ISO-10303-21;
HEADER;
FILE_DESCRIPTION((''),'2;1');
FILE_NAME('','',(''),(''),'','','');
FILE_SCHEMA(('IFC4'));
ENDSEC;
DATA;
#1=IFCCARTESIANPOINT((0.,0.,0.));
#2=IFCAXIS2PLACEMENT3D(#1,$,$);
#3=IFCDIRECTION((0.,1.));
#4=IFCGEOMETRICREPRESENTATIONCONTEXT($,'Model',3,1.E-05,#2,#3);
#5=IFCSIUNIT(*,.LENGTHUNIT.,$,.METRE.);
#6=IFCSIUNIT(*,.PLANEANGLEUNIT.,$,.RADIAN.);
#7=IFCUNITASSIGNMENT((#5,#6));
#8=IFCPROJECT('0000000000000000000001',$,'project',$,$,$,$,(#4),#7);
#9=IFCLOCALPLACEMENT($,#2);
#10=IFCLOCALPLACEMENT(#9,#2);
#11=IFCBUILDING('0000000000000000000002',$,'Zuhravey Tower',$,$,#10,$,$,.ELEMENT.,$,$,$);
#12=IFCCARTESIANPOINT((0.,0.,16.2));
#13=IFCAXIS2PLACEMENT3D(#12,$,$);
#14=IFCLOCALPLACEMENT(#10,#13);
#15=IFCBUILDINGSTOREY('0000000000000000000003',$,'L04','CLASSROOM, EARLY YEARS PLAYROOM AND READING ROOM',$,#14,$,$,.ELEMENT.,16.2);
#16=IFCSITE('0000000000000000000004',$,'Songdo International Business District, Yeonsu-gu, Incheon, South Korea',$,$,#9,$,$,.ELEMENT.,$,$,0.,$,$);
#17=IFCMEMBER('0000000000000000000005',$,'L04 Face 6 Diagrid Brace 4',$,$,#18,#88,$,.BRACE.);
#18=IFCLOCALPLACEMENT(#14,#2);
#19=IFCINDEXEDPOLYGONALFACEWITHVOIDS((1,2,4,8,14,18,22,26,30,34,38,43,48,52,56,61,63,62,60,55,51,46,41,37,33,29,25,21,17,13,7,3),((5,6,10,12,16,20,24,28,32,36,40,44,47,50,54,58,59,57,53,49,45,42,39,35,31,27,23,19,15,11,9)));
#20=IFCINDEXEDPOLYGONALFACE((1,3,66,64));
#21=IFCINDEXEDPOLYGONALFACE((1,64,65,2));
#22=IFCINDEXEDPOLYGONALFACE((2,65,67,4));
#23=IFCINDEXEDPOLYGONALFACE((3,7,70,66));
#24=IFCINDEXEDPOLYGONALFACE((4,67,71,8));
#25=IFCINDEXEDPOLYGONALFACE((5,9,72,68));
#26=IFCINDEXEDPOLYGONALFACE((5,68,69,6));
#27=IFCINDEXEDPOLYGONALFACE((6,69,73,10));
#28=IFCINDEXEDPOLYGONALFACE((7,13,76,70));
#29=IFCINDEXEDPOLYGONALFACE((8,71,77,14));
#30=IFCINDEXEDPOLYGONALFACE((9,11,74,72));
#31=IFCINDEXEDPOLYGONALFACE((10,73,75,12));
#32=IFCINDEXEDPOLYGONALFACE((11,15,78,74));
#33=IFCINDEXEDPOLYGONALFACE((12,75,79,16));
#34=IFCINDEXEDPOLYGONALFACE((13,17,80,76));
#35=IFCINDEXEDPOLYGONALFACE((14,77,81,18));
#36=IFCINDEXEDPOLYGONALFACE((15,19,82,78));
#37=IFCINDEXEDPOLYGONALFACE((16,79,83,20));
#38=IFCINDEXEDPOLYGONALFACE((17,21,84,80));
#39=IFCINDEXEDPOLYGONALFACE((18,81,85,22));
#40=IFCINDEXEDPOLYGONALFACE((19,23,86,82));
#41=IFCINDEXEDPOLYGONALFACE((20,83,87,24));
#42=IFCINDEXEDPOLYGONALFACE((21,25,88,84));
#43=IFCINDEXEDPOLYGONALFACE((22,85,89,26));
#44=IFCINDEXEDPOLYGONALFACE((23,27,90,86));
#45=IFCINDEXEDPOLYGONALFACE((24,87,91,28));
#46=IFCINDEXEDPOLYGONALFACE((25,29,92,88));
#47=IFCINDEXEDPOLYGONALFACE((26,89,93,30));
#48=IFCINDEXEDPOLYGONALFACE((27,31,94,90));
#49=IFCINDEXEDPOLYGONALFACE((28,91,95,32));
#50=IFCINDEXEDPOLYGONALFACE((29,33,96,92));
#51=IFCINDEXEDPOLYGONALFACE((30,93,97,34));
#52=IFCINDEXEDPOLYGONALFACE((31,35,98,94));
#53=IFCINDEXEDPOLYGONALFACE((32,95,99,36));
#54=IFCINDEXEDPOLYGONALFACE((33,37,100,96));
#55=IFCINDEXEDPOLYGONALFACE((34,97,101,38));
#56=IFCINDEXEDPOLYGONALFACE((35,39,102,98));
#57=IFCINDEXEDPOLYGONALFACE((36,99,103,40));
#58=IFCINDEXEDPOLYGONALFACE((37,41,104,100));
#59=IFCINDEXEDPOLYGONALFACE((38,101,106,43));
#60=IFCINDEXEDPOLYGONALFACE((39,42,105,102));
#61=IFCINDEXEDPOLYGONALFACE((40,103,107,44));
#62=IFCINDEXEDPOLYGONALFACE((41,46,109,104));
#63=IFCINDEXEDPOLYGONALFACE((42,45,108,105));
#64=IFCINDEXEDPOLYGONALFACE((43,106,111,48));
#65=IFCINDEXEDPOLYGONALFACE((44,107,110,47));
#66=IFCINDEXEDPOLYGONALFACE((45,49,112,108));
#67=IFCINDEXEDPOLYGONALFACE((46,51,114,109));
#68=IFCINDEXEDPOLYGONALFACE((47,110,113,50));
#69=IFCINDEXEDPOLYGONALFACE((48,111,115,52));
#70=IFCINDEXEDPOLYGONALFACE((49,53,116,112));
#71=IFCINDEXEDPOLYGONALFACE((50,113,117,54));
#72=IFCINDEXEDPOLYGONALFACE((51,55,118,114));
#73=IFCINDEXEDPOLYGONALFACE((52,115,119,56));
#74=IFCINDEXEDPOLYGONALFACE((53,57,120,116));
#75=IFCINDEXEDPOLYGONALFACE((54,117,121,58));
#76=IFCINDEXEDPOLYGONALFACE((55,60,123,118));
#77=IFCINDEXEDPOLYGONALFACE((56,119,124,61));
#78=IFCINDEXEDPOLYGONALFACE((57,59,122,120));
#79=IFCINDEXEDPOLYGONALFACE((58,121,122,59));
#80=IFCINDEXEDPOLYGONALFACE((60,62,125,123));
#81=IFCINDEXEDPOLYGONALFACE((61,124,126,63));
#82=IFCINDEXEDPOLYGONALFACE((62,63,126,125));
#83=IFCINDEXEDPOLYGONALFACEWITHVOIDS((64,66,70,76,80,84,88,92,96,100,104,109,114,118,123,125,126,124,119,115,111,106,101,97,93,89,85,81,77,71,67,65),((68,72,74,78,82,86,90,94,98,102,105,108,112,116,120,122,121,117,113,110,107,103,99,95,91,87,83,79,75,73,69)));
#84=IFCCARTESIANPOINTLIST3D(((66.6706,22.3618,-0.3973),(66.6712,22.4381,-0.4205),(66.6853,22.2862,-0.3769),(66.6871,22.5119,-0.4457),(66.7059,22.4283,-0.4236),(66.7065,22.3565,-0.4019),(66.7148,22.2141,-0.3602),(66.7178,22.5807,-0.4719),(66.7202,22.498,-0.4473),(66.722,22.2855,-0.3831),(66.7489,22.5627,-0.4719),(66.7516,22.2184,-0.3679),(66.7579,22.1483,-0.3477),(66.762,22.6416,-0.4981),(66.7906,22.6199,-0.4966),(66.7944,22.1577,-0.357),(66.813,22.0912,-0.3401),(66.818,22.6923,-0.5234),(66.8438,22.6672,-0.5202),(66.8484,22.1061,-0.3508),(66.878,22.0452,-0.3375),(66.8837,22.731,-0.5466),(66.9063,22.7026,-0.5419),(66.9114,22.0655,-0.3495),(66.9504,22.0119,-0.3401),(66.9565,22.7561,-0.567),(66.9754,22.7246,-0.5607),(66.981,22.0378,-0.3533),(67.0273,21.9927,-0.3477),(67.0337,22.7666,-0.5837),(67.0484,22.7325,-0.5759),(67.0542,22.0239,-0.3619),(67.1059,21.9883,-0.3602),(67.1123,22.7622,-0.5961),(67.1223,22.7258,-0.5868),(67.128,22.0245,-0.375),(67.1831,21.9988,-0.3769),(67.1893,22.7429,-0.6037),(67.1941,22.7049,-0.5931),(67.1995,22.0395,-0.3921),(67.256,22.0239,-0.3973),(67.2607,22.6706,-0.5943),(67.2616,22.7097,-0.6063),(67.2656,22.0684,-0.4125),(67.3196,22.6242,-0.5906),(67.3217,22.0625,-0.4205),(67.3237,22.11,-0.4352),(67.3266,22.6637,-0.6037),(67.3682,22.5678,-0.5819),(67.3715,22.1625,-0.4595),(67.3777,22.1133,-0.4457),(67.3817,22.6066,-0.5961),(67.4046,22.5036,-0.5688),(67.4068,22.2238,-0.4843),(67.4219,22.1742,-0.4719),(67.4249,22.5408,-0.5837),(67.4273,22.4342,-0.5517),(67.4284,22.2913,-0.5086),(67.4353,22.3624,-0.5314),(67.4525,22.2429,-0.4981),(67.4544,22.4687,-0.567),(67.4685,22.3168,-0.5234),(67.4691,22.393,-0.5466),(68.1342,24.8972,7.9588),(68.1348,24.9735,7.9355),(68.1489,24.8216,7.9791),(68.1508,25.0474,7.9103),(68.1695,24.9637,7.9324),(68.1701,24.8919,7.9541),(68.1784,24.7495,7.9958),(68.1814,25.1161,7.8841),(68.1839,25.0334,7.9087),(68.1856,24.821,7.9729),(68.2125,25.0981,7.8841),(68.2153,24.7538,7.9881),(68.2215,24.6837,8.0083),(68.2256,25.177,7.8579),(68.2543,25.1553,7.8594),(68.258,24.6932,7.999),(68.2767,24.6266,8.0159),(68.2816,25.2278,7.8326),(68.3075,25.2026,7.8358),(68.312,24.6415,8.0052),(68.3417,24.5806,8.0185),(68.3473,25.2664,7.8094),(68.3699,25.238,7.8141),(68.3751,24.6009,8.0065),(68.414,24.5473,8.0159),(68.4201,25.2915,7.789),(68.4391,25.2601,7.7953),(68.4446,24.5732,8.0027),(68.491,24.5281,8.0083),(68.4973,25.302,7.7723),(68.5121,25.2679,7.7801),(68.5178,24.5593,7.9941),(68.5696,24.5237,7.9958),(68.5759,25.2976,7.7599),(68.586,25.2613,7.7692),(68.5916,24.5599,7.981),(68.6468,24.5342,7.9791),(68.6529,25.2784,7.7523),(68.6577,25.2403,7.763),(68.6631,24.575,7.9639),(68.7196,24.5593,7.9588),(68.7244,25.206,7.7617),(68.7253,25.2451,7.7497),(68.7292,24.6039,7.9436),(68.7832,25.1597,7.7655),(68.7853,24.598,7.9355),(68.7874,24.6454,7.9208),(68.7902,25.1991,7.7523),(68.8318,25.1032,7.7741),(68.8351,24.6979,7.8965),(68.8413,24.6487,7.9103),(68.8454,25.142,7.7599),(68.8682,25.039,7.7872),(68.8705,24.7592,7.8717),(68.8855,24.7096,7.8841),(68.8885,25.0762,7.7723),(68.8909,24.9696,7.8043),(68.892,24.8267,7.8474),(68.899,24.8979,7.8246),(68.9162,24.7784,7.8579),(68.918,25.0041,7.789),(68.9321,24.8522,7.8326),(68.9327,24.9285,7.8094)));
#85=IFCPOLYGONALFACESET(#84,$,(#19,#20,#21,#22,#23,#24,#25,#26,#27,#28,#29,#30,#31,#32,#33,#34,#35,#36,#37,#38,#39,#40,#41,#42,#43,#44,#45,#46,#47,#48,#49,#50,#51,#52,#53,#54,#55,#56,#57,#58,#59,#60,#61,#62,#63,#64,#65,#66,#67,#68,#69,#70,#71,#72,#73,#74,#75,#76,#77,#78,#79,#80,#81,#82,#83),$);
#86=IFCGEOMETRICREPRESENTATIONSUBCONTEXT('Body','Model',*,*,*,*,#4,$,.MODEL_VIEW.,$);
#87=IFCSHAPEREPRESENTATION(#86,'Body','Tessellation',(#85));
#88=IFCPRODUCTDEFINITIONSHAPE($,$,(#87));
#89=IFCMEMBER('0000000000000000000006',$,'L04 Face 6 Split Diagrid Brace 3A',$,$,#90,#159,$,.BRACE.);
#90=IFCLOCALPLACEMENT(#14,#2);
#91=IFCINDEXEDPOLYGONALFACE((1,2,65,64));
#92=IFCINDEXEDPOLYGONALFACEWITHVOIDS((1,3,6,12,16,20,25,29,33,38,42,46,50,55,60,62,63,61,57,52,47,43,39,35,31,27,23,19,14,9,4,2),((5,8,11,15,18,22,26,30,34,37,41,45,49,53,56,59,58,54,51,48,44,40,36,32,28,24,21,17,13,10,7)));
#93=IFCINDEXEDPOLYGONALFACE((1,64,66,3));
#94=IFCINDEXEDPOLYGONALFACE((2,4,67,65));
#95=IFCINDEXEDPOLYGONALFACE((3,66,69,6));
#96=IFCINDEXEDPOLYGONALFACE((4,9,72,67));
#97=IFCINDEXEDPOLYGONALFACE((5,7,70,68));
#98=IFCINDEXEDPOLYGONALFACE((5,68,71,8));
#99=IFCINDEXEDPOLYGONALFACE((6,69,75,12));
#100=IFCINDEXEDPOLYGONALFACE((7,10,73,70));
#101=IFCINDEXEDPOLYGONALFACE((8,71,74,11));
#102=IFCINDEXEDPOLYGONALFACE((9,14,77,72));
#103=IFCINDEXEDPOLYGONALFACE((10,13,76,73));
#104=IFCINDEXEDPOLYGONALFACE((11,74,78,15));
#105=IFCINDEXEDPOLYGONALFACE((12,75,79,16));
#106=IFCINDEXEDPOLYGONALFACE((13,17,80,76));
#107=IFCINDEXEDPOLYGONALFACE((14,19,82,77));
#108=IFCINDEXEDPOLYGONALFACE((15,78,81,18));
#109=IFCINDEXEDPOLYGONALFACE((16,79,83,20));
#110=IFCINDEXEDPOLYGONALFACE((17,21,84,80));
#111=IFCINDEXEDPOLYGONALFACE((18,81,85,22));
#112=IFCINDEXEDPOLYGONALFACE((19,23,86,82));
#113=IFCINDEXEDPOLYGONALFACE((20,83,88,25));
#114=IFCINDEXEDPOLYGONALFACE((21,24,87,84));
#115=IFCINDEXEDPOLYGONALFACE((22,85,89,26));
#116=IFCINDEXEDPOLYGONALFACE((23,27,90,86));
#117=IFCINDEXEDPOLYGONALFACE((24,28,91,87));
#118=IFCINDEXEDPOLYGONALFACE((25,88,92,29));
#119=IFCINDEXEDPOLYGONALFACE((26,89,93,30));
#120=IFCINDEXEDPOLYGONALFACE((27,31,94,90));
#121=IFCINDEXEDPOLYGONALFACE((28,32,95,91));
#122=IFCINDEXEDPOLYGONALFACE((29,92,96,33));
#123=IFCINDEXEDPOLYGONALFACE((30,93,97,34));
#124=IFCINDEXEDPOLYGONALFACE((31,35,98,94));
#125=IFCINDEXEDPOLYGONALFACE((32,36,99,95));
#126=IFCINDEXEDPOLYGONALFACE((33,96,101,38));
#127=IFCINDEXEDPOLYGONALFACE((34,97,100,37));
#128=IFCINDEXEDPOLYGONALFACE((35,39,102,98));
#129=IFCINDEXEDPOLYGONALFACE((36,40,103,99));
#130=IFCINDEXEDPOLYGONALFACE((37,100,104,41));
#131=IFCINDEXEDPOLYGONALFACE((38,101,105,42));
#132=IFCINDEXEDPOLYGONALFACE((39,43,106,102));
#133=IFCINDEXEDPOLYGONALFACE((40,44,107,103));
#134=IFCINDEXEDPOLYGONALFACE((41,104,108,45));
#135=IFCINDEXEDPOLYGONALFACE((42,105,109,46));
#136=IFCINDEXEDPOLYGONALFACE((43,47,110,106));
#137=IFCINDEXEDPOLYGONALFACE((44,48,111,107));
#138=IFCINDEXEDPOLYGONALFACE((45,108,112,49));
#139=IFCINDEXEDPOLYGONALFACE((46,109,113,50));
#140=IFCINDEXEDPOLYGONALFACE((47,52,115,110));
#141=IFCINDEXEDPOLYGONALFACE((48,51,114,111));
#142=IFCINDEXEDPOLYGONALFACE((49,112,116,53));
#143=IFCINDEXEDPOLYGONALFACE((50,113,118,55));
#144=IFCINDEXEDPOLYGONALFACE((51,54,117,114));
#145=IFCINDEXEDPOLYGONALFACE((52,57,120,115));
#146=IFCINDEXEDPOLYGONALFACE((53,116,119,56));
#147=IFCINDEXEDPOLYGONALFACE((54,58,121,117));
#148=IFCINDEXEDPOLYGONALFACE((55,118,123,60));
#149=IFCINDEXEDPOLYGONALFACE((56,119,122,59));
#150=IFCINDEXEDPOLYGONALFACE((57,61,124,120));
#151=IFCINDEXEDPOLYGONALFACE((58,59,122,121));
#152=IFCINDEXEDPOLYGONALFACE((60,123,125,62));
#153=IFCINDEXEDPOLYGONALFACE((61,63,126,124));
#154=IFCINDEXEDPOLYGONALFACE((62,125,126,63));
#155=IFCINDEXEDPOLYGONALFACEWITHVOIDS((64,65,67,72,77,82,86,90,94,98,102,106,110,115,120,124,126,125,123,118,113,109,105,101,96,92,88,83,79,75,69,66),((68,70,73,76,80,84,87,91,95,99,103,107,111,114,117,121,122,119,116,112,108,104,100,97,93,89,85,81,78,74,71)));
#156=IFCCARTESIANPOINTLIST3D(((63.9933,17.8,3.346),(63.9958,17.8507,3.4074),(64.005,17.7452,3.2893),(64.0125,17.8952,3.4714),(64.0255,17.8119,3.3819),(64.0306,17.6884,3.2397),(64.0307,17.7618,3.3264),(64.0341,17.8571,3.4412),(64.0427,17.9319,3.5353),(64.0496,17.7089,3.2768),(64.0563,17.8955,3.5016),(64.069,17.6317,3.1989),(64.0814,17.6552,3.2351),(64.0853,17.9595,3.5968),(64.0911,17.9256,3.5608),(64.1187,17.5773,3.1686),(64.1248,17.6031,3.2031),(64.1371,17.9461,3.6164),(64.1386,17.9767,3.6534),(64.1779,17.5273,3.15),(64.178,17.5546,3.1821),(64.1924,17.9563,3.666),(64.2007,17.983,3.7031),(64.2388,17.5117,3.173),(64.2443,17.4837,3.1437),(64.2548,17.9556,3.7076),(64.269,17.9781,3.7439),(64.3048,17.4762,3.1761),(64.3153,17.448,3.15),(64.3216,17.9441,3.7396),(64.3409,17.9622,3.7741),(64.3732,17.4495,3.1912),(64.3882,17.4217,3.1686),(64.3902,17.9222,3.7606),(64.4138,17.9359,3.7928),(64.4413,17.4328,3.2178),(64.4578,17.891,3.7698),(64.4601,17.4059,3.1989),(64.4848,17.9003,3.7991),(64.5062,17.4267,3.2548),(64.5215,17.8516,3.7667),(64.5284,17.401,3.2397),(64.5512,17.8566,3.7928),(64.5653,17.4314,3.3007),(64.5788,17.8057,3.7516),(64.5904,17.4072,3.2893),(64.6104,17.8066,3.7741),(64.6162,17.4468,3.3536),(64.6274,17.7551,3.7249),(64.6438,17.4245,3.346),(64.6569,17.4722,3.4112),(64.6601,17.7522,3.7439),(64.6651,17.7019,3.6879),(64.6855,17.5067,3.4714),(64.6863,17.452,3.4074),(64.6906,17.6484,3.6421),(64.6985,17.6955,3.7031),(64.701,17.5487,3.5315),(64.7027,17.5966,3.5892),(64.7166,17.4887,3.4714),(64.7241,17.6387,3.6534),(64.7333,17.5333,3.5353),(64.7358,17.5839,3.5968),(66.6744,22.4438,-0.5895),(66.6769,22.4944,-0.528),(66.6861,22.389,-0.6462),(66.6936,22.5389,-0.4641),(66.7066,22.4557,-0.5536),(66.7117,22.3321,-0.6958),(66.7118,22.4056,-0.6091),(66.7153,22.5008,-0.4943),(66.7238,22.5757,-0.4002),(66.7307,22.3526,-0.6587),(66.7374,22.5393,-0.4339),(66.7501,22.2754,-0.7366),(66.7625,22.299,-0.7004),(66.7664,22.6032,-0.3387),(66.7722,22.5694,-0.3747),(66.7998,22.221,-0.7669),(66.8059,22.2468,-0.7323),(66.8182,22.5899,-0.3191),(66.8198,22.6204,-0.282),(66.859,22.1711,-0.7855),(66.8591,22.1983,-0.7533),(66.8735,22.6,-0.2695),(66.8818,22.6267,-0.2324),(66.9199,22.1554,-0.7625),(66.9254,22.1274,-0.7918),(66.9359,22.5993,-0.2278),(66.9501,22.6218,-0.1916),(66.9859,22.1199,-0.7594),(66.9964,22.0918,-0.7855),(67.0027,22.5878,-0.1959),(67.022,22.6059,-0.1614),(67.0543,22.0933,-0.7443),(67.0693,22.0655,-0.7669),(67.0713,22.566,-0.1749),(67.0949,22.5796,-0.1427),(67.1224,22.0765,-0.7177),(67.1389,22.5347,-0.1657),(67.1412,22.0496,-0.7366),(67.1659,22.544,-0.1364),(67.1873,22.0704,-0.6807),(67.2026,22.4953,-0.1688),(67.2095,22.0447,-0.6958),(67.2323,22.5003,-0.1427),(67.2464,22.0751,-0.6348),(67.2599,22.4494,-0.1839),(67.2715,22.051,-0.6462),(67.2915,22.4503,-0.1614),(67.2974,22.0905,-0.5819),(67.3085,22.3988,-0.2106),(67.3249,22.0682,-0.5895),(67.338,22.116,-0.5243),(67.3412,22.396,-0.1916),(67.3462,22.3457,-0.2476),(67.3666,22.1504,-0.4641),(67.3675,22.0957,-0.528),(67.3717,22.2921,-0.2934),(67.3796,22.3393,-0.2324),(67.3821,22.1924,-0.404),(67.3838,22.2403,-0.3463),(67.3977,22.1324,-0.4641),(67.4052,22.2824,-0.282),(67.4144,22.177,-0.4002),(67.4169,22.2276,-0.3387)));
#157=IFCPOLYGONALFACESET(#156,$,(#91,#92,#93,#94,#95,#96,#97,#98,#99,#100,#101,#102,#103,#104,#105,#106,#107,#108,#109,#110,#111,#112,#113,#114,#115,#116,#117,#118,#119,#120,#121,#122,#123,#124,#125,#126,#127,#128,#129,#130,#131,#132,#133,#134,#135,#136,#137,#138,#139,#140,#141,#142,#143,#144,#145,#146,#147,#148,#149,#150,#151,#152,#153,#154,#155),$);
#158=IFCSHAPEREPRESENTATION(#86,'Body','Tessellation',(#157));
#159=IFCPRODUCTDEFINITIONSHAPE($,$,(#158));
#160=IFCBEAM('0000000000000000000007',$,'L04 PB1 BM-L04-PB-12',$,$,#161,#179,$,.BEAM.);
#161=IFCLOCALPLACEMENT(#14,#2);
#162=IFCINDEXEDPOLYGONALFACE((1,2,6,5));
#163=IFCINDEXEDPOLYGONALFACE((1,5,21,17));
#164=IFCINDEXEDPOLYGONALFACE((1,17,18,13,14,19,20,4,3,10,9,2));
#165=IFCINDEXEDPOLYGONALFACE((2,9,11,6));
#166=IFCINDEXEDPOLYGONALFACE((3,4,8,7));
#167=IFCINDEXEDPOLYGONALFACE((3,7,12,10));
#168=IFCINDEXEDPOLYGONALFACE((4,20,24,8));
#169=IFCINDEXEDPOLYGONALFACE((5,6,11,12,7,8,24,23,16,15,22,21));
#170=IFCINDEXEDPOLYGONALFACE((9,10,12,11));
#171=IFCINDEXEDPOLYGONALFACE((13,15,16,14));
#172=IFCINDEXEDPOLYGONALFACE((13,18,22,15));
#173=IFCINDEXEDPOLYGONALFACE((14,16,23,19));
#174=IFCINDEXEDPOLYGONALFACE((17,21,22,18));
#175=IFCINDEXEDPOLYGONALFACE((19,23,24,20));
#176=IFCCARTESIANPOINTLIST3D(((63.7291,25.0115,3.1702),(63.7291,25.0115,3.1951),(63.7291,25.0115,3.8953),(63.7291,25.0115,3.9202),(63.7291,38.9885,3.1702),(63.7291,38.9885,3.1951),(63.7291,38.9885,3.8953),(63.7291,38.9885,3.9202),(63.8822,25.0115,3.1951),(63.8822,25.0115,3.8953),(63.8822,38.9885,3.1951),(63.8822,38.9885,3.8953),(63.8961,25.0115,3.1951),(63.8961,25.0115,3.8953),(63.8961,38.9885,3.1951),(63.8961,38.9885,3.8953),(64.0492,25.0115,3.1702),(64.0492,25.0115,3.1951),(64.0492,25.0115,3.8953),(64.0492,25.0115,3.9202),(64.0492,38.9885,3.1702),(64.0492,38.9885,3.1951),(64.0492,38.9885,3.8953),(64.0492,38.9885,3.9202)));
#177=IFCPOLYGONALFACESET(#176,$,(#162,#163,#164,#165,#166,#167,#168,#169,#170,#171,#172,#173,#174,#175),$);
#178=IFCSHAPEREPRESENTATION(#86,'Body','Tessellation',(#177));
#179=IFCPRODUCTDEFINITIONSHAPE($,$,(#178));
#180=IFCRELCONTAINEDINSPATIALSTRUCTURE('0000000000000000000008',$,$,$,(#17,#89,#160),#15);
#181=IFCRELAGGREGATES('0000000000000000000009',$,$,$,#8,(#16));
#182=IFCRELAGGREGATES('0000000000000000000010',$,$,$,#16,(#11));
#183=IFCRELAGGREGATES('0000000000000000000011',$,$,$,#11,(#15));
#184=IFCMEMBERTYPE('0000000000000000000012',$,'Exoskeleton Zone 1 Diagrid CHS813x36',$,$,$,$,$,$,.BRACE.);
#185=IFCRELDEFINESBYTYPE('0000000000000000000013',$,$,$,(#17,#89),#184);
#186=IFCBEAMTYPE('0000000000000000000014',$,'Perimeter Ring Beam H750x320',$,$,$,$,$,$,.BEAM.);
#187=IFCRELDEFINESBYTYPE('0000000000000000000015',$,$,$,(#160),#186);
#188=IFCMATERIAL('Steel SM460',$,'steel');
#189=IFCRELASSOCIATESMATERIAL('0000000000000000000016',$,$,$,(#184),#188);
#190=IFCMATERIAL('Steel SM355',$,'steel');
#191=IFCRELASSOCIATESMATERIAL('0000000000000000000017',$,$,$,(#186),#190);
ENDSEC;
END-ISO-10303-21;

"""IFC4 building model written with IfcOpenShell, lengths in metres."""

from ifc_helpers import new_model, si_unit, direction, frame, origin, origin_2d, place, context, subcontext, project, spatial, hollow_circle, i_section, extrude, material, material_profile, profile_set, type_object, element, save


model = new_model("IFC4")

# Units and contexts
model_context = context("Model", 3, precision=1e-05, world=origin(), true_north=direction((0.0, 1.0)))
body_context = subcontext(model_context, "Body", "Model", "MODEL_VIEW")
ifc_project = project(units=[si_unit("LENGTHUNIT", "METRE"), si_unit("PLANEANGLEUNIT", "RADIAN")], contexts=[model_context])

# Site, building, storey
site_placement = place(None, origin())
site = spatial("IfcSite", under=ifc_project, at=site_placement, Name="Songdo International Business District, Yeonsu-gu, Incheon, South Korea", CompositionType="ELEMENT", RefElevation=0.0)
building_placement = place(site_placement, origin())
building = spatial("IfcBuilding", under=site, at=building_placement, Name="Zuhravey Tower", CompositionType="ELEMENT")
storey_placement = place(building_placement, frame((0.0, 0.0, 16.2)))
storey = spatial("IfcBuildingStorey", under=building, at=storey_placement, Name="L04", Description="CLASSROOM, EARLY YEARS PLAYROOM AND READING ROOM", CompositionType="ELEMENT", Elevation=16.2)

# Members
ifc_material_1 = material(Name="Steel SM460", Category="steel")
ifc_material_profile_1 = material_profile(ifc_material_1, hollow_circle(Radius=0.4065, WallThickness=0.0359, at=origin_2d()), Name="CHS-812.8x36")
ifc_profile_set_1 = profile_set([ifc_material_profile_1], Name="Steel SM460")
member_type_1 = type_object("IfcMemberType", Name="Exoskeleton Zone 1 Diagrid CHS813x36", PredefinedType="BRACE", material=ifc_profile_set_1)
member_1_placement = place(storey_placement, frame((67.0698, 22.3774, -0.4719), z_axis=(0.165307, 0.286358, 0.943755), x_axis=(-0.866054, 0.499951, 0.0)))
element("IfcMember", 1, at=member_1_placement, inside=storey, type_object=member_type_1, Name="L04 Face 6 Diagrid Brace 4", PredefinedType="BRACE", context=body_context, shape_type="SweptSolid", body=[
    extrude(hollow_circle(Radius=0.4065, WallThickness=0.0359, at=origin_2d()), origin(), (0.0, 0.0, 1.0), 8.854),
])
member_2_placement = place(storey_placement, frame((67.0457, 22.3357, -0.4641), z_axis=(-0.403092, -0.698162, 0.591681), x_axis=(0.866021, -0.500008, 0.0)))
element("IfcMember", 2, at=member_2_placement, inside=storey, type_object=member_type_1, Name="L04 Face 6 Split Diagrid Brace 3A", PredefinedType="BRACE", context=body_context, shape_type="SweptSolid", body=[
    extrude(hollow_circle(Radius=0.4065, WallThickness=0.0359, at=origin_2d()), origin(), (0.0, 0.0, 1.0), 6.6514),
])

# Beam
ifc_material_2 = material(Name="Steel SM355", Category="steel")
ifc_material_profile_2 = material_profile(ifc_material_2, i_section(OverallWidth=0.3201, OverallDepth=0.75, WebThickness=0.0139, FlangeThickness=0.0249, at=origin_2d()), Name="H-750x320x14x25")
ifc_profile_set_2 = profile_set([ifc_material_profile_2], Name="Steel SM355")
beam_type_1 = type_object("IfcBeamType", Name="Perimeter Ring Beam H750x320", PredefinedType="BEAM", material=ifc_profile_set_2)
beam_1_placement = place(storey_placement, frame((63.8892, 25.0115, 3.5452), z_axis=(0.0, 1.0, 0.0), x_axis=(-1.0, 0.0, 0.0)))
element("IfcBeam", 3, at=beam_1_placement, inside=storey, type_object=beam_type_1, Name="L04 PB1 BM-L04-PB-12", PredefinedType="BEAM", context=body_context, shape_type="SweptSolid", body=[
    extrude(i_section(OverallWidth=0.3201, OverallDepth=0.75, WebThickness=0.0139, FlangeThickness=0.0249, at=origin_2d()), origin(), (0.0, 0.0, 1.0), 13.9771),
])

save(model, "model.ifc")
